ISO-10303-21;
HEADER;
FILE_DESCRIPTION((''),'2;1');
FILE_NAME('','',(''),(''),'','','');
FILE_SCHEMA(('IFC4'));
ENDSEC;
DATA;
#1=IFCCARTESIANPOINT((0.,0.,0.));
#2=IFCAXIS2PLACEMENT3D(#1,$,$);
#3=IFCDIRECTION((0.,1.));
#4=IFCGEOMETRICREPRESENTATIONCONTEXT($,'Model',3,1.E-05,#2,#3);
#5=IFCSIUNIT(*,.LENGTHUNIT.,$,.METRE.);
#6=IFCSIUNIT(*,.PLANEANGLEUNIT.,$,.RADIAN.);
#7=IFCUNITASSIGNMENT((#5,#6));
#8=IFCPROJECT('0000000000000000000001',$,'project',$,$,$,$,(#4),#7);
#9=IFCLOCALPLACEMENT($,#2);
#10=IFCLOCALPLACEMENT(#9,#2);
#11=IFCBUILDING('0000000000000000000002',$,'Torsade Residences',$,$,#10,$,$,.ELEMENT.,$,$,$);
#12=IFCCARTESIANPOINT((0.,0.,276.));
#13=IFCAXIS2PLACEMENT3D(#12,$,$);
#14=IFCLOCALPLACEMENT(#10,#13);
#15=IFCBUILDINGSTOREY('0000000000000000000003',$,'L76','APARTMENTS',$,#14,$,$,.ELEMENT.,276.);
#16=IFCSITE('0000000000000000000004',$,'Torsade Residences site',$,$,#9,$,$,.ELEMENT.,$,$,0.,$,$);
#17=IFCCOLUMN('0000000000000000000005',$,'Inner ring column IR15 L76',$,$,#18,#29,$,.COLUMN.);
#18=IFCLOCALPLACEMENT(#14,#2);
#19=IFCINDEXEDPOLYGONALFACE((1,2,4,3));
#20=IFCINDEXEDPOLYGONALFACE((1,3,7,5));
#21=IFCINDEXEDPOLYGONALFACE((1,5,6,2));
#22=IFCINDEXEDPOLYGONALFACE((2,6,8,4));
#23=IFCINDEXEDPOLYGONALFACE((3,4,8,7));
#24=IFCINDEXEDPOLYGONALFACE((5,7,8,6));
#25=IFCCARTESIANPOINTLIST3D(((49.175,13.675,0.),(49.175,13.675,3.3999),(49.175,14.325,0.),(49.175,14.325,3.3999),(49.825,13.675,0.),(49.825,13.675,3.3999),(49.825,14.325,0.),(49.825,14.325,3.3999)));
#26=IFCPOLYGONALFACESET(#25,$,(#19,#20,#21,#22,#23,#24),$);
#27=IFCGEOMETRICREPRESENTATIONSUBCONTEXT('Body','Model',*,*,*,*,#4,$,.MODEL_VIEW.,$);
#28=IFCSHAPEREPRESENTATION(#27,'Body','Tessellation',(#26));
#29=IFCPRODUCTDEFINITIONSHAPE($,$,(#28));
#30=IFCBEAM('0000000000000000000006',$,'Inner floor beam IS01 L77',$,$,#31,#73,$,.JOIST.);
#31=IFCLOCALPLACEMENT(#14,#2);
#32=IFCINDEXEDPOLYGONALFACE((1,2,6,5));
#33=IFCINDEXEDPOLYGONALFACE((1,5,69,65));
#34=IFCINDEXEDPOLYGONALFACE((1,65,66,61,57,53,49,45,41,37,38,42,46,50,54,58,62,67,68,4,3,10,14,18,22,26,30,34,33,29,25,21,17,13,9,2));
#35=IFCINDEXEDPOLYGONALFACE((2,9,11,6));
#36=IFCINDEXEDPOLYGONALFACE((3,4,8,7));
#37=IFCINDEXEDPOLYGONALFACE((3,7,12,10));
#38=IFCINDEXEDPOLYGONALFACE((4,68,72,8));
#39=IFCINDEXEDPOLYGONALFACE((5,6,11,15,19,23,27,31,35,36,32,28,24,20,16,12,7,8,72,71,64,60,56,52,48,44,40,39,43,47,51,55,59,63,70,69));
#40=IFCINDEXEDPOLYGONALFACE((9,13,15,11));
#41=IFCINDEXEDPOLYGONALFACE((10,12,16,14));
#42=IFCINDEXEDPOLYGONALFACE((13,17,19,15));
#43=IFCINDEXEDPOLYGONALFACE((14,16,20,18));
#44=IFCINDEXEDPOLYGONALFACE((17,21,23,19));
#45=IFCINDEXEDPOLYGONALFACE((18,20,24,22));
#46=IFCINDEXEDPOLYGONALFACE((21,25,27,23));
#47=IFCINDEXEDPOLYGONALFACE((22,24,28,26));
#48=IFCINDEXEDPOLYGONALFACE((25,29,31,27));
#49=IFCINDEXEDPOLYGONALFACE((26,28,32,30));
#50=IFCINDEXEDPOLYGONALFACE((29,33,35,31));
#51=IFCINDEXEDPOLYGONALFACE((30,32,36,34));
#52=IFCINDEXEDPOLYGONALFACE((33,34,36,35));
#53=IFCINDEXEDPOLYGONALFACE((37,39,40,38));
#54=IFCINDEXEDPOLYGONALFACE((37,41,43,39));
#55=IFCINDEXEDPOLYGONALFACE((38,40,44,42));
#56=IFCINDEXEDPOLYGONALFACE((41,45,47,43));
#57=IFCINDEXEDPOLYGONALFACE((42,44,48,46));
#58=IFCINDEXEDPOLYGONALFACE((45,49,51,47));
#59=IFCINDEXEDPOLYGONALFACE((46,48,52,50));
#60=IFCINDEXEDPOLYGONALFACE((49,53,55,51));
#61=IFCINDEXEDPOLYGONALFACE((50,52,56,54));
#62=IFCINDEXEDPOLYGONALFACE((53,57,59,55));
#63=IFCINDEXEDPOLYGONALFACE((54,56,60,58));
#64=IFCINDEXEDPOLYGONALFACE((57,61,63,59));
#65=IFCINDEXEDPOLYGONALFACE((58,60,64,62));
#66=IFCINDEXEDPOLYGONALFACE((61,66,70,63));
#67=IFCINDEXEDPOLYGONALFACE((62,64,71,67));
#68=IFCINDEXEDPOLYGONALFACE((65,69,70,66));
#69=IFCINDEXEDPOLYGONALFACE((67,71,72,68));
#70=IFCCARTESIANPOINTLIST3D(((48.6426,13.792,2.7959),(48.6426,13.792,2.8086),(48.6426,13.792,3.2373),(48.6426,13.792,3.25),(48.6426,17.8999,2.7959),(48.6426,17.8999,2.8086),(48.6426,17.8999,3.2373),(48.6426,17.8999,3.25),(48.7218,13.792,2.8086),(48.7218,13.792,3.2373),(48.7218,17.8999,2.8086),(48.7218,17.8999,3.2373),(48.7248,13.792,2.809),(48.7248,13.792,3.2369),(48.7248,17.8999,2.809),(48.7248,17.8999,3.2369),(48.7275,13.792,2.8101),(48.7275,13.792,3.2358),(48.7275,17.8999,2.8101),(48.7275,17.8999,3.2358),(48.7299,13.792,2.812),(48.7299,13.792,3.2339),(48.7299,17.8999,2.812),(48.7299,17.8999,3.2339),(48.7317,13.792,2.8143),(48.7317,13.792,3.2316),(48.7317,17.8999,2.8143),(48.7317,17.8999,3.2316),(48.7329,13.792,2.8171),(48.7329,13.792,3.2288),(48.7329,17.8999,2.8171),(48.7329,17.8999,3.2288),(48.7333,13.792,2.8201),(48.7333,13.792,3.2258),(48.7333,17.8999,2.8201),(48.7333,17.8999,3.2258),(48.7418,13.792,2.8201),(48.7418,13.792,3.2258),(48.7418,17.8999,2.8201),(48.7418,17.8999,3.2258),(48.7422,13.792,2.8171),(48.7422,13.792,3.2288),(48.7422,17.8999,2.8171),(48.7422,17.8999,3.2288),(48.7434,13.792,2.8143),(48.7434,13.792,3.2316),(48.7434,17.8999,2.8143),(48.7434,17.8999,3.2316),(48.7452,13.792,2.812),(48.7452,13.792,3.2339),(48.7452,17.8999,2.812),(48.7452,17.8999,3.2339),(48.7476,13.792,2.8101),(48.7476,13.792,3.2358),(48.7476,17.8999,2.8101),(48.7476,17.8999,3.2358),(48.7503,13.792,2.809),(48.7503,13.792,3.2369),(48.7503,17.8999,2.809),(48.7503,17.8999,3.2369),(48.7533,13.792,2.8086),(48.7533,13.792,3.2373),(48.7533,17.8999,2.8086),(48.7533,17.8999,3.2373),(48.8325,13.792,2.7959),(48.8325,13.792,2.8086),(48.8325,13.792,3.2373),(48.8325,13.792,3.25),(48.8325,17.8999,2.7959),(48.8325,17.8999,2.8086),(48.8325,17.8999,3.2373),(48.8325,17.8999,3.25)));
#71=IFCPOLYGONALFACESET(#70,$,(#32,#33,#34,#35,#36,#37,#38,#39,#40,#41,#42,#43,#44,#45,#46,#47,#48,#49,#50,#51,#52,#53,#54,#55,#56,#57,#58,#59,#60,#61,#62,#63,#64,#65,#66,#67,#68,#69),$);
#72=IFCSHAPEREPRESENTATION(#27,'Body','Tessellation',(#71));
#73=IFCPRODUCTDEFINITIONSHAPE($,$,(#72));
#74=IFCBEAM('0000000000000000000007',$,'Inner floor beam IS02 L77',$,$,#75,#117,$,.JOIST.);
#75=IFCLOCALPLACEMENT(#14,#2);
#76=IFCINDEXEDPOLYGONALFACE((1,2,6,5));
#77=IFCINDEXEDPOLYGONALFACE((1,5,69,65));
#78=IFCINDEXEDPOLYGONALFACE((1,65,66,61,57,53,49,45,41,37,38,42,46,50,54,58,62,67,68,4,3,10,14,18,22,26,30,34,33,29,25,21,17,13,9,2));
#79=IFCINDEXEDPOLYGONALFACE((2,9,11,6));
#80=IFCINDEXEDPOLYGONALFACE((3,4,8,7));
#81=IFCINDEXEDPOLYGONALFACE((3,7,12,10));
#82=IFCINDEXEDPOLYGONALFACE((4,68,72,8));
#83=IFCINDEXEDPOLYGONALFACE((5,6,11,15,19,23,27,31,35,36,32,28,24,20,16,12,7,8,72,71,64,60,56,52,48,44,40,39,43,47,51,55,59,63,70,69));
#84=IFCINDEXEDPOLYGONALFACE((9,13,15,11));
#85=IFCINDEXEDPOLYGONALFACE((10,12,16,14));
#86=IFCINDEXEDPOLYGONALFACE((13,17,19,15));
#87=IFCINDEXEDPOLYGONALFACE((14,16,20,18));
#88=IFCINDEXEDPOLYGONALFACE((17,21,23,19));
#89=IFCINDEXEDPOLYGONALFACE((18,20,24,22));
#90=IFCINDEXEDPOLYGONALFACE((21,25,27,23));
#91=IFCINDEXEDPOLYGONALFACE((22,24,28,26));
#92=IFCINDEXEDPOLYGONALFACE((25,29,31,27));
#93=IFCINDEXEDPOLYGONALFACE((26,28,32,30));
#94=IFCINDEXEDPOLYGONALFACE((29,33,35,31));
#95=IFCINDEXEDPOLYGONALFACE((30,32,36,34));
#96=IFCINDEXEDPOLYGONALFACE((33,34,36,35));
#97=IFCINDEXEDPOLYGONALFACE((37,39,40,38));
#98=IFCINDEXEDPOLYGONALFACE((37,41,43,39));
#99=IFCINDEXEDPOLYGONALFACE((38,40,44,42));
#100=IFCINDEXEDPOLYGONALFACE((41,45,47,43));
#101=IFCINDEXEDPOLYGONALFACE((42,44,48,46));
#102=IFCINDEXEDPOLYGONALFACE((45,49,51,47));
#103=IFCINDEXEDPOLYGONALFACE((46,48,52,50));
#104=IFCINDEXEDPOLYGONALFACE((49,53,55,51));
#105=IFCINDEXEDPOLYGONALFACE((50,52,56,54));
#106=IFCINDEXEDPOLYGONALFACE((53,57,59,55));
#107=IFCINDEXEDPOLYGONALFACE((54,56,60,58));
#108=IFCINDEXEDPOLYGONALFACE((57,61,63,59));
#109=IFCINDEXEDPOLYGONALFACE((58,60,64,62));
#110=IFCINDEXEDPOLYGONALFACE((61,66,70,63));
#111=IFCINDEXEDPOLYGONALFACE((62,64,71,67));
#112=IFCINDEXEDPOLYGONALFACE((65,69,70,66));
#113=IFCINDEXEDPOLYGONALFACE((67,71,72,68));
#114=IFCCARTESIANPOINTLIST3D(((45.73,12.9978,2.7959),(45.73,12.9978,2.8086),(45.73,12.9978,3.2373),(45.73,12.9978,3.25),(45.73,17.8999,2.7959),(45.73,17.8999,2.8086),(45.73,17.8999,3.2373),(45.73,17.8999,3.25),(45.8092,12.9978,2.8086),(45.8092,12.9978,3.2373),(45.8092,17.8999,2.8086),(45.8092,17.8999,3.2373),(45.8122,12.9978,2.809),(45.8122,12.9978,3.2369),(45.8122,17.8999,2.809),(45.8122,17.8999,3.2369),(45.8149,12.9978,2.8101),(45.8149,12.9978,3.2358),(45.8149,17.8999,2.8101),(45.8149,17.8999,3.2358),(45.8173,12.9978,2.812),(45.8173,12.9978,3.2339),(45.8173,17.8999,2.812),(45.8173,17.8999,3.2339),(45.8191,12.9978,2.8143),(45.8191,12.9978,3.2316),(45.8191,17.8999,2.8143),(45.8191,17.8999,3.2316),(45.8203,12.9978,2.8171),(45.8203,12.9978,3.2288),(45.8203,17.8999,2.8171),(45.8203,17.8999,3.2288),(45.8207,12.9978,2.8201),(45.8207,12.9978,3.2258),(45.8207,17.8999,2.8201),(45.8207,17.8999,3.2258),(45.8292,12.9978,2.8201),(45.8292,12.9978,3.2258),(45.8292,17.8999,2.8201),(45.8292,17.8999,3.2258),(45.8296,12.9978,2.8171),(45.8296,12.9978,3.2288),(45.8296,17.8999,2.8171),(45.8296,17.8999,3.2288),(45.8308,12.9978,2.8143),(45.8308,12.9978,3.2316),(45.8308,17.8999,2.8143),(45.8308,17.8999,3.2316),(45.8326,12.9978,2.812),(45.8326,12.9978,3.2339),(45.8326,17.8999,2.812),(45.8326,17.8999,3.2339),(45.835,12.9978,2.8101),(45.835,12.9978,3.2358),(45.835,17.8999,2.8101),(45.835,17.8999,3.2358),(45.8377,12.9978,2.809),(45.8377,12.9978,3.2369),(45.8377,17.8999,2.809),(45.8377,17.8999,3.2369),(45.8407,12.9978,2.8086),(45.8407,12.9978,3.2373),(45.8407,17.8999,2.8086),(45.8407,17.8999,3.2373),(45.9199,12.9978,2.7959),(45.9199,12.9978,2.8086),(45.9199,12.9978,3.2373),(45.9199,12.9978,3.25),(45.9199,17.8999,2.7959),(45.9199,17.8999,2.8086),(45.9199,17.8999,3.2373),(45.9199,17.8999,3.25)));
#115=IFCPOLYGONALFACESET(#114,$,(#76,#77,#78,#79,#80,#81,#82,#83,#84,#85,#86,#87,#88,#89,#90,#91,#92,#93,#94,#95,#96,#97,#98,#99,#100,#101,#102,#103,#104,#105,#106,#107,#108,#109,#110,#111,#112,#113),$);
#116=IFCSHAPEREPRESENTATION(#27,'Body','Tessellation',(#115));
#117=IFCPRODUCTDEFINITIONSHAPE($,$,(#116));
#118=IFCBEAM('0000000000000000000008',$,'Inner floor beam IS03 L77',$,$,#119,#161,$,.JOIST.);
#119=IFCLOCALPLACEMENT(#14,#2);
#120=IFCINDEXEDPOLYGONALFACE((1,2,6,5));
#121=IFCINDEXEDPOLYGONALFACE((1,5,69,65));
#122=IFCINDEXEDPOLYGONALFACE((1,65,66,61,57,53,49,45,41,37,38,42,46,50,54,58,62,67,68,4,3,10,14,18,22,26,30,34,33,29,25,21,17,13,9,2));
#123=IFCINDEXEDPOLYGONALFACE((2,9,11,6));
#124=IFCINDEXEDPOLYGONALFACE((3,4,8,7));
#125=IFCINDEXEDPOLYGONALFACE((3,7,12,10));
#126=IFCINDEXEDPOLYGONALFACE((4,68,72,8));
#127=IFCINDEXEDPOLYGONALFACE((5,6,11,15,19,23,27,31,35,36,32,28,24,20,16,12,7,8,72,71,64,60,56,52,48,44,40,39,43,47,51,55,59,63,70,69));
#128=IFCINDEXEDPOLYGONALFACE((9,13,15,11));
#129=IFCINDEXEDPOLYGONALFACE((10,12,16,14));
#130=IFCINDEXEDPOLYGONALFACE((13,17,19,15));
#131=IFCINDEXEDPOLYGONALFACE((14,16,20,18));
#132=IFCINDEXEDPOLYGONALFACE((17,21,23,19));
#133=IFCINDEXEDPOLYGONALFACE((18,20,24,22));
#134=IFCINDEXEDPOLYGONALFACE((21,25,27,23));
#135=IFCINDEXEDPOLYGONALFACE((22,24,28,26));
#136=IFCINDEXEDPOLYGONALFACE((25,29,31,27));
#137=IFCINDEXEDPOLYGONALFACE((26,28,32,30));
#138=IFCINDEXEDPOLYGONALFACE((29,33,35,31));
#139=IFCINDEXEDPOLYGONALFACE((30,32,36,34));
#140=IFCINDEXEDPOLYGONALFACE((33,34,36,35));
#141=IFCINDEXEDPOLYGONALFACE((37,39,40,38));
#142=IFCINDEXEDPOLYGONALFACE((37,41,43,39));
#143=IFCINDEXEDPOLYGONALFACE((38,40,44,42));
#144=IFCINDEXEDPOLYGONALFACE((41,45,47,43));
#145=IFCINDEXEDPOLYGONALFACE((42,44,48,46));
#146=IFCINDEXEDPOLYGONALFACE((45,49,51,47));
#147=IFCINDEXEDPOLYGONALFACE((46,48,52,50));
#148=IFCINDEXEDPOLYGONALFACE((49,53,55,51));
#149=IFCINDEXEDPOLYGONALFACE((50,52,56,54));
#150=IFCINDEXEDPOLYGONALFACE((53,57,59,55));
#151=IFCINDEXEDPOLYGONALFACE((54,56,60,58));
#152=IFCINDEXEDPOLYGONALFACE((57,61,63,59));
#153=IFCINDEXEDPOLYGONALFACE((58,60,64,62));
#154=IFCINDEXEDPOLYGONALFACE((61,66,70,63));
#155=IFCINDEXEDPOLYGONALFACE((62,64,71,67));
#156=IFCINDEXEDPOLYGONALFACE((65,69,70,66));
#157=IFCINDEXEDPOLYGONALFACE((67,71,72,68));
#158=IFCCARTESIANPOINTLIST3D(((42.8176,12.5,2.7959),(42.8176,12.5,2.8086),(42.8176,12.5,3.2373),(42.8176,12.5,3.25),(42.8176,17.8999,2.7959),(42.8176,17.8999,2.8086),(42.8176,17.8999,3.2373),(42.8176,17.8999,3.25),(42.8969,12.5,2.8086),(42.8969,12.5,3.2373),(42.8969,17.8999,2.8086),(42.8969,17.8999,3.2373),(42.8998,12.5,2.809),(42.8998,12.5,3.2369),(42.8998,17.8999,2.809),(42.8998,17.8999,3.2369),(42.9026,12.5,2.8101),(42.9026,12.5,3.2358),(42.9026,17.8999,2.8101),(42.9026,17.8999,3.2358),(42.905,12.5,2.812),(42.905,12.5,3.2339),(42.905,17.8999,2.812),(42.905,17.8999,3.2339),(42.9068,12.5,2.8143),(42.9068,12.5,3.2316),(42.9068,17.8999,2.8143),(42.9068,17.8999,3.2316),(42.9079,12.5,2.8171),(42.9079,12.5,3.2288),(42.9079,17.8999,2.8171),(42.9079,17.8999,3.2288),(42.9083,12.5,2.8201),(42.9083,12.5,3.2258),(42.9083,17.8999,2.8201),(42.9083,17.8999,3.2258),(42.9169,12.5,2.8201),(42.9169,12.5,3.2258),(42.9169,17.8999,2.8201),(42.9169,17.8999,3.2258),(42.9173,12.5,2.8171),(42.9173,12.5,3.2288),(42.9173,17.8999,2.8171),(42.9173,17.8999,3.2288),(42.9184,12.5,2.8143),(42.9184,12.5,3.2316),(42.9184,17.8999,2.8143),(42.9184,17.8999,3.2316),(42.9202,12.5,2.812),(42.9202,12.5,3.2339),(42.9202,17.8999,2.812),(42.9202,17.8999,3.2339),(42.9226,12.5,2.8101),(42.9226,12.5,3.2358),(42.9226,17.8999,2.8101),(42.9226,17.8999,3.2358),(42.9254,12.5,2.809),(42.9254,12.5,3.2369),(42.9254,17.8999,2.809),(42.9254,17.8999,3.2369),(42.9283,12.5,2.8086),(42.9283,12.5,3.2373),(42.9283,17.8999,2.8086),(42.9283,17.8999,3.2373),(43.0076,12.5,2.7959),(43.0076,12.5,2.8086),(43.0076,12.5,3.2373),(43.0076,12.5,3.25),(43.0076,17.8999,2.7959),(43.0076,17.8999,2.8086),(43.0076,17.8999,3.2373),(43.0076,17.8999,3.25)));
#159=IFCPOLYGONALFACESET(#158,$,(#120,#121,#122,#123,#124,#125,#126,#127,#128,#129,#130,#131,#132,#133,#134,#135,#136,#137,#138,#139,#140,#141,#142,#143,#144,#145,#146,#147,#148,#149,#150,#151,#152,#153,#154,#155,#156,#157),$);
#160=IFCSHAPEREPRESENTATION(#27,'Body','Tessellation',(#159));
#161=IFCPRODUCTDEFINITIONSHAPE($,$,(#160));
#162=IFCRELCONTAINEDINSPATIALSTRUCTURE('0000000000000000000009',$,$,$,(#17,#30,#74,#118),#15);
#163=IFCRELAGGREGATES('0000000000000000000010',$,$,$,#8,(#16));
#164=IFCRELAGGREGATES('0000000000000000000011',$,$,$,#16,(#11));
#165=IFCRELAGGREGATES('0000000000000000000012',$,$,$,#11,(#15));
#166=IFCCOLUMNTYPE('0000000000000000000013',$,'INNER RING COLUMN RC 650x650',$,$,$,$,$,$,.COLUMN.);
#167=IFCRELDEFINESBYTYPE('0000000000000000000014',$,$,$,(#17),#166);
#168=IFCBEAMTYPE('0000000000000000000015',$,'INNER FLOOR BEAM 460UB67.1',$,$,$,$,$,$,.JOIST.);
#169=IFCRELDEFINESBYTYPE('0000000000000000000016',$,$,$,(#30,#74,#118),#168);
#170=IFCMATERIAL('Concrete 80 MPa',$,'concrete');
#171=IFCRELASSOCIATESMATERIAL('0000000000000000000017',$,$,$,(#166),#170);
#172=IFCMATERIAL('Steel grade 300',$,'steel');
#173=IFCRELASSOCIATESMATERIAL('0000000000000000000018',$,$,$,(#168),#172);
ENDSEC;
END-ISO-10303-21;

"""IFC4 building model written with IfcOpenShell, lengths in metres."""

from ifc_helpers import new_model, si_unit, direction, frame, origin, origin_2d, place, context, subcontext, project, spatial, rectangle, i_section, extrude, material, material_profile, profile_set, type_object, element, save


model = new_model("IFC4")

# Units and contexts
model_context = context("Model", 3, precision=1e-05, world=origin(), true_north=direction((0.0, 1.0)))
body_context = subcontext(model_context, "Body", "Model", "MODEL_VIEW")
ifc_project = project(units=[si_unit("LENGTHUNIT", "METRE"), si_unit("PLANEANGLEUNIT", "RADIAN")], contexts=[model_context])

# Site, building, storey
site_placement = place(None, origin())
site = spatial("IfcSite", under=ifc_project, at=site_placement, Name="Torsade Residences site", CompositionType="ELEMENT", RefElevation=0.0)
building_placement = place(site_placement, origin())
building = spatial("IfcBuilding", under=site, at=building_placement, Name="Torsade Residences", CompositionType="ELEMENT")
storey_placement = place(building_placement, frame((0.0, 0.0, 276.0)))
storey = spatial("IfcBuildingStorey", under=building, at=storey_placement, Name="L76", Description="APARTMENTS", CompositionType="ELEMENT", Elevation=276.0)

# Column
ifc_material_1 = material(Name="Concrete 80 MPa", Category="concrete")
ifc_material_profile_1 = material_profile(ifc_material_1, rectangle(XDim=0.6499, YDim=0.6499, at=origin_2d()), Name="RC 650x650")
ifc_profile_set_1 = profile_set([ifc_material_profile_1], Name="Concrete 80 MPa")
column_type = type_object("IfcColumnType", Name="INNER RING COLUMN RC 650x650", PredefinedType="COLUMN", material=ifc_profile_set_1)
column_placement = place(storey_placement, frame((49.5, 14.0, 0.0), z_axis=(0.0, 0.0, 1.0), x_axis=(1.0, 0.0, 0.0)))
element("IfcColumn", 1, at=column_placement, inside=storey, type_object=column_type, Name="Inner ring column IR15 L76", PredefinedType="COLUMN", context=body_context, shape_type="SweptSolid", body=[
    extrude(rectangle(XDim=0.6499, YDim=0.6499, at=origin_2d()), origin(), (0.0, 0.0, 1.0), 3.3999),
])

# Beams
ifc_material_2 = material(Name="Steel grade 300", Category="steel")
ifc_material_profile_2 = material_profile(ifc_material_2, i_section(OverallWidth=0.1899, OverallDepth=0.4541, WebThickness=0.0085, FlangeThickness=0.0127, FilletRadius=0.0115, at=origin_2d()), Name="460UB67.1")
ifc_profile_set_2 = profile_set([ifc_material_profile_2], Name="Steel grade 300")
beam_type_1 = type_object("IfcBeamType", Name="INNER FLOOR BEAM 460UB67.1", PredefinedType="JOIST", material=ifc_profile_set_2)
beam_1_placement = place(storey_placement, frame((48.7375, 17.8999, 3.0229), z_axis=(0.0, -1.0, 0.0), x_axis=(1.0, 0.0, 0.0)))
element("IfcBeam", 2, at=beam_1_placement, inside=storey, type_object=beam_type_1, Name="Inner floor beam IS01 L77", PredefinedType="JOIST", context=body_context, shape_type="SweptSolid", body=[
    extrude(i_section(OverallWidth=0.1899, OverallDepth=0.4541, WebThickness=0.0085, FlangeThickness=0.0127, FilletRadius=0.0115, at=origin_2d()), origin(), (0.0, 0.0, 1.0), 4.1079),
])
beam_2_placement = place(storey_placement, frame((45.825, 17.8999, 3.0229), z_axis=(0.0, -1.0, 0.0), x_axis=(1.0, 0.0, 0.0)))
element("IfcBeam", 3, at=beam_2_placement, inside=storey, type_object=beam_type_1, Name="Inner floor beam IS02 L77", PredefinedType="JOIST", context=body_context, shape_type="SweptSolid", body=[
    extrude(i_section(OverallWidth=0.1899, OverallDepth=0.4541, WebThickness=0.0085, FlangeThickness=0.0127, FilletRadius=0.0115, at=origin_2d()), origin(), (0.0, 0.0, 1.0), 4.9021),
])
for number, where, z_axis, x_axis, name in (
    (4, (42.9126, 17.8999, 3.0229), (0.0, -1.0, 0.0), (1.0, 0.0, 0.0), "Inner floor beam IS03 L77"),
):
    element("IfcBeam", number, at=place(storey_placement, frame(where, z_axis=z_axis, x_axis=x_axis)), inside=storey, type_object=beam_type_1, Name=name, PredefinedType="JOIST", context=body_context, shape_type="SweptSolid", body=[
        extrude(i_section(OverallWidth=0.1899, OverallDepth=0.4541, WebThickness=0.0085, FlangeThickness=0.0127, FilletRadius=0.0115, at=origin_2d()), origin(), (0.0, 0.0, 1.0), 5.3999),
    ])

save(model, "model.ifc")
